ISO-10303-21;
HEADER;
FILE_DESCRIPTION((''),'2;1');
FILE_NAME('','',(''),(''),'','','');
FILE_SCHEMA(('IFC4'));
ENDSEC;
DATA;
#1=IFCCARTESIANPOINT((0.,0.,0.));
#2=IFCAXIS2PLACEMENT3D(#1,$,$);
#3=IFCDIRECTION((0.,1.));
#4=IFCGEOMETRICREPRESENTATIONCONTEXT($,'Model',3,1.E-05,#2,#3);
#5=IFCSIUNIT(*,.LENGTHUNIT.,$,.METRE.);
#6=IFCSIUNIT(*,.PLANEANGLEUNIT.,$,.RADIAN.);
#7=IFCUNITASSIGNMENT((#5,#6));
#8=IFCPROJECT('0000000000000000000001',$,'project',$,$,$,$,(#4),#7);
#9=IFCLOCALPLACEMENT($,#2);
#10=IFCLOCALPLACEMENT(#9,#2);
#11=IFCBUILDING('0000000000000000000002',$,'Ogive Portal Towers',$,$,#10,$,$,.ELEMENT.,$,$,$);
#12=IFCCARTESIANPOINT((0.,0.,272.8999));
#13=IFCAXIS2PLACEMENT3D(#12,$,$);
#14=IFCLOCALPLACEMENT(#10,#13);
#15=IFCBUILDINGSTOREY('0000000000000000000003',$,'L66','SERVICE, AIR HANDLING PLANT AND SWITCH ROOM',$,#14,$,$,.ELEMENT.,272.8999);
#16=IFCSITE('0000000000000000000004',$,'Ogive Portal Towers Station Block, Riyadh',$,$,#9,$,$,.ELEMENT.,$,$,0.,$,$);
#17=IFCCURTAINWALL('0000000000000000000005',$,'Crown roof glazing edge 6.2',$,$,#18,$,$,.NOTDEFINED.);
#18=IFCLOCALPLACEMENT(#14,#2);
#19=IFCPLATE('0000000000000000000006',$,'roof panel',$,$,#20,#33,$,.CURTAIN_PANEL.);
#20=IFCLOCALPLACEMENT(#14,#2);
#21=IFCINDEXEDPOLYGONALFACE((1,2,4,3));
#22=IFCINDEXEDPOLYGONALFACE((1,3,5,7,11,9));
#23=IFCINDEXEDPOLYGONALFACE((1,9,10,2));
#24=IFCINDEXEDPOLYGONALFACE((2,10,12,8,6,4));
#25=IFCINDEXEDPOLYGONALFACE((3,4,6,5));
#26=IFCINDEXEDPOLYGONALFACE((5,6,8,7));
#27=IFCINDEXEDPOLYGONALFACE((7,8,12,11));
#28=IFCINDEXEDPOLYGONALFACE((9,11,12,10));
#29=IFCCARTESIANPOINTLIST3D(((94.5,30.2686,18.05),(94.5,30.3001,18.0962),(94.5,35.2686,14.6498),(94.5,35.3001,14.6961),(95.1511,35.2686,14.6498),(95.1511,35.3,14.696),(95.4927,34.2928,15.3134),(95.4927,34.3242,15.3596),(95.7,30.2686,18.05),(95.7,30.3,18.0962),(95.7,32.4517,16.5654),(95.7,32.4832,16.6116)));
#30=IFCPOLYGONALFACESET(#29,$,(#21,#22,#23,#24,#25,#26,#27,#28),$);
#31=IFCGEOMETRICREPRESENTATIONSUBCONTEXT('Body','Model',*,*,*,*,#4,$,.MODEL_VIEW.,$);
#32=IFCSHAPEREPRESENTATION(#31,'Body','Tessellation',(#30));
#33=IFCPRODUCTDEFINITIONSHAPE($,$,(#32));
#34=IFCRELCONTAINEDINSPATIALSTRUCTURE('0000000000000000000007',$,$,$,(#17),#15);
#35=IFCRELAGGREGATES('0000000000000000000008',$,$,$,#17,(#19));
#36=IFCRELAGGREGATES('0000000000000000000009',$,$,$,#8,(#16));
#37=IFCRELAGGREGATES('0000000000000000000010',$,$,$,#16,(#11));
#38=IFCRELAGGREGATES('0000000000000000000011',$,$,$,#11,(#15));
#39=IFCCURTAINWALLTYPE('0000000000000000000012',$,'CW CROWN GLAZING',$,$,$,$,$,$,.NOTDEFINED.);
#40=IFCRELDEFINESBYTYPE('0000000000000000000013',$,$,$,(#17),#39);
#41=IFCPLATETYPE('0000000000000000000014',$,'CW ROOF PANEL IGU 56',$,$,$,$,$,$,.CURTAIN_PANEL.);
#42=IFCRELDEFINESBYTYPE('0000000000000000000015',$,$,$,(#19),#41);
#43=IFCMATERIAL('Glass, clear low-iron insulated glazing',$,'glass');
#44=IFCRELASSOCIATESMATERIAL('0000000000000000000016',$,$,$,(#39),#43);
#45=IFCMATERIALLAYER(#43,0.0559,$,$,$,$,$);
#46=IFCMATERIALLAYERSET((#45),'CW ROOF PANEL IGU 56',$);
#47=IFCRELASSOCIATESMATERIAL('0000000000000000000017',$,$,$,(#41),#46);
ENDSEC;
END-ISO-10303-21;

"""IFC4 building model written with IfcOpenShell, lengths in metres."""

from ifc_helpers import new_model, si_unit, direction, frame, origin, place, context, subcontext, project, spatial, polyline, outline, extrude, material, layer, layer_set, type_object, element, aggregate, save


model = new_model("IFC4")

# Units and contexts
model_context = context("Model", 3, precision=1e-05, world=origin(), true_north=direction((0.0, 1.0)))
body_context = subcontext(model_context, "Body", "Model", "MODEL_VIEW")
ifc_project = project(units=[si_unit("LENGTHUNIT", "METRE"), si_unit("PLANEANGLEUNIT", "RADIAN")], contexts=[model_context])

# Site, building, storey
site_placement = place(None, origin())
site = spatial("IfcSite", under=ifc_project, at=site_placement, Name="Ogive Portal Towers Station Block, Riyadh", CompositionType="ELEMENT", RefElevation=0.0)
building_placement = place(site_placement, origin())
building = spatial("IfcBuilding", under=site, at=building_placement, Name="Ogive Portal Towers", CompositionType="ELEMENT")
storey_placement = place(building_placement, frame((0.0, 0.0, 272.8999)))
storey = spatial("IfcBuildingStorey", under=building, at=storey_placement, Name="L66", Description="SERVICE, AIR HANDLING PLANT AND SWITCH ROOM", CompositionType="ELEMENT", Elevation=272.8999)

# Shared definitions
ifc_material_1 = material(Name="Glass, clear low-iron insulated glazing", Category="glass")
curtain_wall_type = type_object("IfcCurtainWallType", Name="CW CROWN GLAZING", PredefinedType="NOTDEFINED", material=ifc_material_1)

# Shared definitions
ifc_layer = layer(ifc_material_1, 0.0559)
ifc_layer_set = layer_set([ifc_layer], Name="CW ROOF PANEL IGU 56")
plate_type = type_object("IfcPlateType", Name="CW ROOF PANEL IGU 56", PredefinedType="CURTAIN_PANEL", material=ifc_layer_set)

# Curtain wall, plate
curtain_wall_1_placement = place(storey_placement, origin())
curtain_wall_1 = element("IfcCurtainWall", 1, at=curtain_wall_1_placement, inside=storey, type_object=curtain_wall_type, Name="Crown roof glazing edge 6.2", PredefinedType="NOTDEFINED")
plate_1_placement = place(storey_placement, frame((95.1511, 35.3, 14.696), z_axis=(0.000017, 0.562328, 0.826915), x_axis=(-1.0, 0.00001, 0.000014)))
plate_1 = element("IfcPlate", 2, at=plate_1_placement, type_object=plate_type, Name="roof panel", PredefinedType="CURTAIN_PANEL", context=body_context, shape_type="SweptSolid", body=[
    extrude(outline(polyline([(0.0, 0.0), (0.6511, 0.0), (0.6511, 6.0466), (-0.5488, 6.0466), (-0.5488, 3.4065), (-0.3416, 1.1801), (0.0, 0.0)])), origin(), (0.0, 0.0, -1.0), 0.0559),
])
aggregate(curtain_wall_1, [plate_1])

save(model, "model.ifc")
